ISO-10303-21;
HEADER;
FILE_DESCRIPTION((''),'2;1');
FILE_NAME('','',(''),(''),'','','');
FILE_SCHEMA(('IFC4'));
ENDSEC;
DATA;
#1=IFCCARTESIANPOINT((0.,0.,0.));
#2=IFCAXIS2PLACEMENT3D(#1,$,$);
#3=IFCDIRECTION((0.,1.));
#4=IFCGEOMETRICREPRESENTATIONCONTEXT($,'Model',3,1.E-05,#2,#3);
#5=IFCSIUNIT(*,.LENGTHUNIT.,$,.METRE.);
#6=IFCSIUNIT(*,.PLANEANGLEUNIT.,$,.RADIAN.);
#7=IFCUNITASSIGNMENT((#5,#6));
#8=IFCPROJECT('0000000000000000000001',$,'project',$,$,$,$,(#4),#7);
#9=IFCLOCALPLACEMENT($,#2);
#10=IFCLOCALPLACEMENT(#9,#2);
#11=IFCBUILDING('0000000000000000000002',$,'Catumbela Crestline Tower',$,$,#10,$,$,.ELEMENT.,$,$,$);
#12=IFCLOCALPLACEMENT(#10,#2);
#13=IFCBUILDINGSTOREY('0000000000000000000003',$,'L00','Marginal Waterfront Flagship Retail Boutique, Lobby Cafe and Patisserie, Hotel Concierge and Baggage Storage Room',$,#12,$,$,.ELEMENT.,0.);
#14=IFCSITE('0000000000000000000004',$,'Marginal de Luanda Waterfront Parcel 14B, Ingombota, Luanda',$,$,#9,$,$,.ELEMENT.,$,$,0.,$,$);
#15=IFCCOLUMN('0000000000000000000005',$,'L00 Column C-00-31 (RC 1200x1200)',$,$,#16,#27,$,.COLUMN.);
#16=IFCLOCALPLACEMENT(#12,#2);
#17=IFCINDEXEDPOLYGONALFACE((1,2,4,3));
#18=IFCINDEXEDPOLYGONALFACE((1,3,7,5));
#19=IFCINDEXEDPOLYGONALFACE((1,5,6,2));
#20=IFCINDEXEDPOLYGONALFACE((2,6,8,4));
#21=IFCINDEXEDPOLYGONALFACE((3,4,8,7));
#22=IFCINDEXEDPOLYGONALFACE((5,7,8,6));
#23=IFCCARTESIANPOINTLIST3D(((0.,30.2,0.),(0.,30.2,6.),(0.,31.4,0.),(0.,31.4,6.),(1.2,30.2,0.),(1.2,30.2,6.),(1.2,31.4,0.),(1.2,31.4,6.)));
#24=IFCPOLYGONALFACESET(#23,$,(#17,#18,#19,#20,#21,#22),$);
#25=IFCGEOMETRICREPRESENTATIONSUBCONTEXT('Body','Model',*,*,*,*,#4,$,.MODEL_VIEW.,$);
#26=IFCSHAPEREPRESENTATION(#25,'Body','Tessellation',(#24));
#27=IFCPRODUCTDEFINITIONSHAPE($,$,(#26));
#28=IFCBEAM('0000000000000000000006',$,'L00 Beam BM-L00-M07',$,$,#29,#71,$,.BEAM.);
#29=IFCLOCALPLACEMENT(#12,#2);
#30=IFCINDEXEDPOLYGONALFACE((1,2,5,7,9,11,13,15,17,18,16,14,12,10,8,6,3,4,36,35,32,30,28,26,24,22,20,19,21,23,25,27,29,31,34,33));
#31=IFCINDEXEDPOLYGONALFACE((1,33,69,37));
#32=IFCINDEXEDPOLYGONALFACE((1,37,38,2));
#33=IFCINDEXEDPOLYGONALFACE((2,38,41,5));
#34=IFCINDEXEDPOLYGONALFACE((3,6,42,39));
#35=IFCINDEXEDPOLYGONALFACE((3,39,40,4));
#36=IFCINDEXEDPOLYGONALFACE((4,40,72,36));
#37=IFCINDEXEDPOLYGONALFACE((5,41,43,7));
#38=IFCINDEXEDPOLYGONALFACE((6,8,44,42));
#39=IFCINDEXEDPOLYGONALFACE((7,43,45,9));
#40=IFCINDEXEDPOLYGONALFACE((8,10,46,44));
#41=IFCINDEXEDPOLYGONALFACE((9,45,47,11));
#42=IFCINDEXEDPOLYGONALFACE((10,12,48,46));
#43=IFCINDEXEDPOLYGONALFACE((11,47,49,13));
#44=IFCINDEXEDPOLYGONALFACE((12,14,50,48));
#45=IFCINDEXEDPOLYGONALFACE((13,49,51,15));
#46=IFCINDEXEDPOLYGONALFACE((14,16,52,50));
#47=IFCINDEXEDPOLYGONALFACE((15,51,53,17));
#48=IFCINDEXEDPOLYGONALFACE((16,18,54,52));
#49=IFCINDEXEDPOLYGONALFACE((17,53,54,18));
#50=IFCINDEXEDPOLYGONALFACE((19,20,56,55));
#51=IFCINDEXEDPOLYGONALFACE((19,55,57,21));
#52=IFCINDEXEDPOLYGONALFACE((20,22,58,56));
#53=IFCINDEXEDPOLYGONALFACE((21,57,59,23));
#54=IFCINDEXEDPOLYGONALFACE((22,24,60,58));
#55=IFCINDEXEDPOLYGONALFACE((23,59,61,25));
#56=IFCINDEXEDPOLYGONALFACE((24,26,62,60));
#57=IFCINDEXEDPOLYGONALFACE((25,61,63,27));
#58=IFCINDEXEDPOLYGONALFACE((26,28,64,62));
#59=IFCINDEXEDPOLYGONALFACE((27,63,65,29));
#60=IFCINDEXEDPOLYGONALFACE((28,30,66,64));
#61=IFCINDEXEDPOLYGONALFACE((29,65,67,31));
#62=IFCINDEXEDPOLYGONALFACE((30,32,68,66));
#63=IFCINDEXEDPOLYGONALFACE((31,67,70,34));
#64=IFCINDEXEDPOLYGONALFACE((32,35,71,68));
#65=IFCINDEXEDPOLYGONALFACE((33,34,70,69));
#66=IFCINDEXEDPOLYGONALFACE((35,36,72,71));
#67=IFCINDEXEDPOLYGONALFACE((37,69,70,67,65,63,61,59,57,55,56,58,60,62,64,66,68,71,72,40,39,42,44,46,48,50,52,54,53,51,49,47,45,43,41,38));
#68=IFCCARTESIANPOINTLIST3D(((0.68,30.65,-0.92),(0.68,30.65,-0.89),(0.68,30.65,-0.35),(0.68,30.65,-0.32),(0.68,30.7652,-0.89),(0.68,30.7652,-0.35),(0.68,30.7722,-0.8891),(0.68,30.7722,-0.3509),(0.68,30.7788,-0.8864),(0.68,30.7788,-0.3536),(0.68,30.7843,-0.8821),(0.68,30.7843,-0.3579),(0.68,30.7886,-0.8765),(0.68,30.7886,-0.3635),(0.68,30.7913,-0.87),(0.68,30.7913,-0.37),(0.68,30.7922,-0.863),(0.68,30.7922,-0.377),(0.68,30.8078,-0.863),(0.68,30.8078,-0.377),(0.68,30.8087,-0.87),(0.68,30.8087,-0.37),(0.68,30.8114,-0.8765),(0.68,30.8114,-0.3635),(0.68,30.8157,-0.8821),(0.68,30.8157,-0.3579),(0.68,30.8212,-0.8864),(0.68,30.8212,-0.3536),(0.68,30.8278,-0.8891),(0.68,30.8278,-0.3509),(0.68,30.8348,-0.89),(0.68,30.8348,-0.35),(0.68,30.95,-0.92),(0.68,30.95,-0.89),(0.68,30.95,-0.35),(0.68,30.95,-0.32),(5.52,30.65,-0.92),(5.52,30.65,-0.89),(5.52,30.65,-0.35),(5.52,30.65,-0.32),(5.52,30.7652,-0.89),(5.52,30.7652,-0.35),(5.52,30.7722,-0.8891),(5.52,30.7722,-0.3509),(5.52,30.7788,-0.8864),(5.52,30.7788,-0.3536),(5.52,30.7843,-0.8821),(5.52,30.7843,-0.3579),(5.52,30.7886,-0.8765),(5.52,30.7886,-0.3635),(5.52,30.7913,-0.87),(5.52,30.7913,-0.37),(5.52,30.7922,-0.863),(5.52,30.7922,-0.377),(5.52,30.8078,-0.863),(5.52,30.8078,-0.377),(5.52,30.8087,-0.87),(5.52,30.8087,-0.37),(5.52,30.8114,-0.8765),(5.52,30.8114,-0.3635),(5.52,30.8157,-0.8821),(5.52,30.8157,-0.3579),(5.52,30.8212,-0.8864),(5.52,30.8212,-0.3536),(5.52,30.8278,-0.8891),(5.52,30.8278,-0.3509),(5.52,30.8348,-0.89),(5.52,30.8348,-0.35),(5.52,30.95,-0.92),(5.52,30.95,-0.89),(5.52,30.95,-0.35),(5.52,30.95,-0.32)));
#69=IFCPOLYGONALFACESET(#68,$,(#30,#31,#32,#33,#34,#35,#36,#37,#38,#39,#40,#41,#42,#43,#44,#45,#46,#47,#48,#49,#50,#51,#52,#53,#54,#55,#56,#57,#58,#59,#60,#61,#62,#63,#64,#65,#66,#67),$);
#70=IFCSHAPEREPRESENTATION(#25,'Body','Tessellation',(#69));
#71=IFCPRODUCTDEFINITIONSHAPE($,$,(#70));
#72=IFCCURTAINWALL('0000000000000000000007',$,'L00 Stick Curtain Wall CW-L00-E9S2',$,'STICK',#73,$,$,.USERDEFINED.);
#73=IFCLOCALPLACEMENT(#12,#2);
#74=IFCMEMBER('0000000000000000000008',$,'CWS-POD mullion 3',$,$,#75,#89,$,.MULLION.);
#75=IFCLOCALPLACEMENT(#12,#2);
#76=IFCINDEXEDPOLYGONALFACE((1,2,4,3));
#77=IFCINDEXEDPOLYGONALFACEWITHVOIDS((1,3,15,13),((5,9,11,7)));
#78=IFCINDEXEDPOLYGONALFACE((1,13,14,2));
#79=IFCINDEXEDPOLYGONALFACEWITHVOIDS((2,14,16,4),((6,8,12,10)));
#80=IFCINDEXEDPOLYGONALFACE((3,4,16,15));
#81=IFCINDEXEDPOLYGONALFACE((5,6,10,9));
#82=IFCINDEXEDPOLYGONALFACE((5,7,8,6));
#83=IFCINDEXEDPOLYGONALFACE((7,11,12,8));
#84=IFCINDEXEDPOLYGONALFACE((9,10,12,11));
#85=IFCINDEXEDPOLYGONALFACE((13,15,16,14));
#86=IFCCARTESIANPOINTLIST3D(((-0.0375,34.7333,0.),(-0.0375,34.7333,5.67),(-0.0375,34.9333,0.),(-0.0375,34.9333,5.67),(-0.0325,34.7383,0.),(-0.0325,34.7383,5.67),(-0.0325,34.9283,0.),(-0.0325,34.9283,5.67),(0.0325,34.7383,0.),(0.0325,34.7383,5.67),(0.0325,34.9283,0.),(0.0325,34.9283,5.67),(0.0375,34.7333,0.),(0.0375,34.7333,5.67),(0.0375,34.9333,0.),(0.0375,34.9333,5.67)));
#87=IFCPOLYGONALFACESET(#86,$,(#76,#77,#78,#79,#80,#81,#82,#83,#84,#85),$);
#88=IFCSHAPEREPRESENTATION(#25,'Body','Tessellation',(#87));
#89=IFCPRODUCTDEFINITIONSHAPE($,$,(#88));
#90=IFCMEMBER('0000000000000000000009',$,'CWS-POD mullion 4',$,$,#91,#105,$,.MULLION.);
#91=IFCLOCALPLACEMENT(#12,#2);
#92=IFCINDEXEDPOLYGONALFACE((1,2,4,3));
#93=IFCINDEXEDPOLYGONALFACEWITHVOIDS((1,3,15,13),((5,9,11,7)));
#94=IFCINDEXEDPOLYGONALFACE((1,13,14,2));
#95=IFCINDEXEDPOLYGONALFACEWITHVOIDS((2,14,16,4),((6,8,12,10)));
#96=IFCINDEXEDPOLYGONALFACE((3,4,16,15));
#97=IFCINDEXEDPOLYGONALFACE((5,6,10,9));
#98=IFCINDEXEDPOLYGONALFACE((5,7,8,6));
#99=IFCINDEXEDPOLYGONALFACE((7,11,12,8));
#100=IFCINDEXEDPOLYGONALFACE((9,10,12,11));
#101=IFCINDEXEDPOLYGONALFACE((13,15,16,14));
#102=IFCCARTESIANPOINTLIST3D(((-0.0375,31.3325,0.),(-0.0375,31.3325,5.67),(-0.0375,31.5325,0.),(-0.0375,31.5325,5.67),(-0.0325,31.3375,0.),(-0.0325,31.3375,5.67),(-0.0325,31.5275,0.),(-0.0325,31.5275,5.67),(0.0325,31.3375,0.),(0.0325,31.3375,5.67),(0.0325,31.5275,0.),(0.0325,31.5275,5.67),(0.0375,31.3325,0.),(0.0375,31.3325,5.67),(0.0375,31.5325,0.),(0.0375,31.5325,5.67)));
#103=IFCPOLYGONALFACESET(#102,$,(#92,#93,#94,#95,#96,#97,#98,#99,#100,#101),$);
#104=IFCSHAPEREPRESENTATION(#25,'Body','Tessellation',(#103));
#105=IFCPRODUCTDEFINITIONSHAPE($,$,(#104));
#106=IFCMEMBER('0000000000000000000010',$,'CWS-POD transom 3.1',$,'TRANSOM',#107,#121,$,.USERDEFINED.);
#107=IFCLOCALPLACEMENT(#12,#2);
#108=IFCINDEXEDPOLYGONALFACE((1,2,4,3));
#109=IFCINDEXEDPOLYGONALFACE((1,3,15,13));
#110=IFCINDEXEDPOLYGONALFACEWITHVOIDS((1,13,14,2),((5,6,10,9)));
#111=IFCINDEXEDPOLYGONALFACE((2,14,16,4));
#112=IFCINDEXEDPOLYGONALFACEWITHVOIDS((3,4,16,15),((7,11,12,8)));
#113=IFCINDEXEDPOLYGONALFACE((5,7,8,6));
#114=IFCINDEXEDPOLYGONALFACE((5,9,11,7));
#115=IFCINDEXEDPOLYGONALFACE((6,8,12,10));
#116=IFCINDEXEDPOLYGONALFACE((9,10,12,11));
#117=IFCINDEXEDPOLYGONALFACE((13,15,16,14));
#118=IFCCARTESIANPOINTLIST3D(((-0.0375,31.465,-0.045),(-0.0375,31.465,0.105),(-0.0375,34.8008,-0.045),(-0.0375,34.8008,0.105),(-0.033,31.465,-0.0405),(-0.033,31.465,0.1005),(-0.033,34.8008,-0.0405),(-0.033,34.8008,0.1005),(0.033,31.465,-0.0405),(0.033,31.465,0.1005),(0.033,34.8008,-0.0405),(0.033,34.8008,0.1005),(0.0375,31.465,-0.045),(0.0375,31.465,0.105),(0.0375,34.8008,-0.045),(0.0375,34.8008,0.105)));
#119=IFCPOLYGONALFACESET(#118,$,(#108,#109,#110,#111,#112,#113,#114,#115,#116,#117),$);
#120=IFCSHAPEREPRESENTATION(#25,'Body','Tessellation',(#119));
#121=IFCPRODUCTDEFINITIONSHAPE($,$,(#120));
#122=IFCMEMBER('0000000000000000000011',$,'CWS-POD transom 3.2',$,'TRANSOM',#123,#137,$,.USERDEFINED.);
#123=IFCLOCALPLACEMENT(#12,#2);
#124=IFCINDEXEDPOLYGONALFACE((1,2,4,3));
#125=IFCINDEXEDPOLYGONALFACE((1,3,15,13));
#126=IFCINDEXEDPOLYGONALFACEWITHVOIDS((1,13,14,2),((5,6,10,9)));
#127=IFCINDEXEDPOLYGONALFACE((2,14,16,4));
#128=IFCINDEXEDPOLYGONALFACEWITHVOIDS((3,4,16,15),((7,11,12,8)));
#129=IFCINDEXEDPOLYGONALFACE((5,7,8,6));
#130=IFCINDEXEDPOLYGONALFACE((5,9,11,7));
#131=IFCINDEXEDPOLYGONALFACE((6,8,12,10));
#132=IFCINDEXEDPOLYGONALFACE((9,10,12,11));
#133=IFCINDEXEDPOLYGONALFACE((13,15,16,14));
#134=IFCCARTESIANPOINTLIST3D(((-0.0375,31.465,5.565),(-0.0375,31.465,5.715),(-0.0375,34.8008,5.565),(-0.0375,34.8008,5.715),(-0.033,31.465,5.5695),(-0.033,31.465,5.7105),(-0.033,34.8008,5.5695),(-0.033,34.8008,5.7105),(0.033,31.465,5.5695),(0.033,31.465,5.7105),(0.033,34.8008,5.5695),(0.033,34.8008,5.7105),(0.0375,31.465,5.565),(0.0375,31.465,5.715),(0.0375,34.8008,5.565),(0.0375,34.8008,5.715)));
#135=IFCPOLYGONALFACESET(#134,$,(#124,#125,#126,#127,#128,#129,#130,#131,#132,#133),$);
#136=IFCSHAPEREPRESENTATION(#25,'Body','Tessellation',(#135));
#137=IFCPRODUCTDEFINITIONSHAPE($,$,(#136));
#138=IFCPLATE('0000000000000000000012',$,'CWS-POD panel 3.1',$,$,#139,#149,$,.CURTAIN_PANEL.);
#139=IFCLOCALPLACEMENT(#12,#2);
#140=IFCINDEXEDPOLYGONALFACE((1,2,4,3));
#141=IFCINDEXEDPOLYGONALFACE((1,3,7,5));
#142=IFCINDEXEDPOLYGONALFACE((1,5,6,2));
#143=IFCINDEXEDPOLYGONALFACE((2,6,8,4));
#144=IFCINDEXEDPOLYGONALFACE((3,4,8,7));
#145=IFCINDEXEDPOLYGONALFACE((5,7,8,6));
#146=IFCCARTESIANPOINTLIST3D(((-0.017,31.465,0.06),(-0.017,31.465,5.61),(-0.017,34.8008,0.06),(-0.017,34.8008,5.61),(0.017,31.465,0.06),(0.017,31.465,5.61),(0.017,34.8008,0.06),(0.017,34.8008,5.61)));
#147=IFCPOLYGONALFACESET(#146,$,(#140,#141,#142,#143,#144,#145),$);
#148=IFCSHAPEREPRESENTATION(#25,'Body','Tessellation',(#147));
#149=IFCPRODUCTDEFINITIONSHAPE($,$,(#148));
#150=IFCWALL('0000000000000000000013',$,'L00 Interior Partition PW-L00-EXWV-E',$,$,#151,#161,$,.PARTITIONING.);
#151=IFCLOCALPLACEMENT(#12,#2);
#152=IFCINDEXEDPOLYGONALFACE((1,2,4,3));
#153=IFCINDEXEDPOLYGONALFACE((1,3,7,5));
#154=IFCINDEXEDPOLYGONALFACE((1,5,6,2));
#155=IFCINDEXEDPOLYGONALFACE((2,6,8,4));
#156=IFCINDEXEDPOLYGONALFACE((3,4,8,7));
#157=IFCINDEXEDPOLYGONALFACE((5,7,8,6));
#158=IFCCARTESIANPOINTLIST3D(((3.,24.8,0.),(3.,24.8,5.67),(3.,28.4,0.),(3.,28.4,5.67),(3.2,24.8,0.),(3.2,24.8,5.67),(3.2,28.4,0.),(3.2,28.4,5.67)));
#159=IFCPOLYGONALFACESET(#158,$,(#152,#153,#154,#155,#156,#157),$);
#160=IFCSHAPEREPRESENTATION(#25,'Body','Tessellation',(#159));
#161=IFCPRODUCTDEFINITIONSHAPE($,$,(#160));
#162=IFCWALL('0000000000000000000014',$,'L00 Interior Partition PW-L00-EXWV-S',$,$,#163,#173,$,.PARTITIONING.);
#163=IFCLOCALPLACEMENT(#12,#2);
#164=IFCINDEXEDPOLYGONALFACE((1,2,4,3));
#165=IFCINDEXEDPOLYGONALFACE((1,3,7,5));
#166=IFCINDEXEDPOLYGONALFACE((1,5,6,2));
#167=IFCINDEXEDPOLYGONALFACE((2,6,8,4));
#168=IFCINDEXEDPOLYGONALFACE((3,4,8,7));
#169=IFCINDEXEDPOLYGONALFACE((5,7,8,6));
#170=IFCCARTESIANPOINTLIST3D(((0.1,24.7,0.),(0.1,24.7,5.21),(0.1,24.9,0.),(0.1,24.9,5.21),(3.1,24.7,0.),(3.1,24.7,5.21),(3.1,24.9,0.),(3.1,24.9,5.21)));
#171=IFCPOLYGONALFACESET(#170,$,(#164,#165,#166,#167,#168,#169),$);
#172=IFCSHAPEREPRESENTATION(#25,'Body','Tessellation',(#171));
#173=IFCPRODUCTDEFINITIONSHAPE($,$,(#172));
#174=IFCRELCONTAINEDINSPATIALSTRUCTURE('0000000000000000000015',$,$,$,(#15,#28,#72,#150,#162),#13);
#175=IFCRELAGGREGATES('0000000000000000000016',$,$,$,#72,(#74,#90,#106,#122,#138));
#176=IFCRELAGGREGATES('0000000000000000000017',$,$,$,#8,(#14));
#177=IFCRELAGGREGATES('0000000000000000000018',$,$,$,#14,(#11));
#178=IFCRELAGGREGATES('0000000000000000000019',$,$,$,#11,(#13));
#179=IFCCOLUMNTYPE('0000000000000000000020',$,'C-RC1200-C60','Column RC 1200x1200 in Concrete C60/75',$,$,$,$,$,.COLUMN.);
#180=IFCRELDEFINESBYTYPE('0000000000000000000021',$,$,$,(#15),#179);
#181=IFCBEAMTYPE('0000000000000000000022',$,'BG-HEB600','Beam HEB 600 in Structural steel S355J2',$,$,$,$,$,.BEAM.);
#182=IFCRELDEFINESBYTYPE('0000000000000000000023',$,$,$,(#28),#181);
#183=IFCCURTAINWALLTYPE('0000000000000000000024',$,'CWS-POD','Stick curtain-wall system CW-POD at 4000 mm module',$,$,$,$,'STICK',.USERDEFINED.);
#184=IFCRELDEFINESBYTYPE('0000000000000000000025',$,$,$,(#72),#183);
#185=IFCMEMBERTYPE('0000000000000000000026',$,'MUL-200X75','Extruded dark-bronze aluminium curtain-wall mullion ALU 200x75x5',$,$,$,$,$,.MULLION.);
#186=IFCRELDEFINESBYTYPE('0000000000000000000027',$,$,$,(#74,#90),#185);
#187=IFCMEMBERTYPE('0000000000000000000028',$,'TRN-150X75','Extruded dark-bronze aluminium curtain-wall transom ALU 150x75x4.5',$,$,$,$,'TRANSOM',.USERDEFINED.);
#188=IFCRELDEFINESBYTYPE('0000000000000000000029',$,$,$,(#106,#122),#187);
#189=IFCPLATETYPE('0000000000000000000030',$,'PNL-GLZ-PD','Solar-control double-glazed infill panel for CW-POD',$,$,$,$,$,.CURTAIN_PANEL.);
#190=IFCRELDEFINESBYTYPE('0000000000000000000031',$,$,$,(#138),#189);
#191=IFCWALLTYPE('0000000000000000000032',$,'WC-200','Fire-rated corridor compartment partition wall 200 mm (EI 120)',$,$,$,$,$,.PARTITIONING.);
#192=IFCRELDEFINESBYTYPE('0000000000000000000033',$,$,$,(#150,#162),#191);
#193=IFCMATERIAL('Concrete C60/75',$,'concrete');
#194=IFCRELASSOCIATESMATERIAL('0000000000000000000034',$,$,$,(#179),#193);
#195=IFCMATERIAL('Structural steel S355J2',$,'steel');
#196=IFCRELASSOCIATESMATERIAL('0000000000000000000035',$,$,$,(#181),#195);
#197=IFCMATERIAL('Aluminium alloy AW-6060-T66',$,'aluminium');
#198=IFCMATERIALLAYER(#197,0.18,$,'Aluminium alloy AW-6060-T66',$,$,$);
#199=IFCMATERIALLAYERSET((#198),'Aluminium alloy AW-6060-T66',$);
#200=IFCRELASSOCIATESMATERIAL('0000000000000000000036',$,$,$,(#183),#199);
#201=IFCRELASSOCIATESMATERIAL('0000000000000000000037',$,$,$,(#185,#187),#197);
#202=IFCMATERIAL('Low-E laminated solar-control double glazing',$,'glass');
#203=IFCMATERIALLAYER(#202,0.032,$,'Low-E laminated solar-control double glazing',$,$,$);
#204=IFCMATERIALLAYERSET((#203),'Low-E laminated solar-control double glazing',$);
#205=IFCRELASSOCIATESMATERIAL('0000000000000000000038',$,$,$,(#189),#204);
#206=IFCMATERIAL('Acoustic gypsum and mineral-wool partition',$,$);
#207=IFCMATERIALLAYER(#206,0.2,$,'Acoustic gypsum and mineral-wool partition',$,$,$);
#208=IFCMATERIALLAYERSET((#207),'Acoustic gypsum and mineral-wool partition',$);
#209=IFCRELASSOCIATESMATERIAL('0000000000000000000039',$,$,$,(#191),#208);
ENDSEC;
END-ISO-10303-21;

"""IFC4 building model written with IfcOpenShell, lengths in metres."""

from ifc_helpers import new_model, si_unit, direction, frame, frame_2d, origin, origin_2d, place, context, subcontext, project, spatial, rectangle, hollow_rectangle, i_section, extrude, material, layer, layer_set, material_profile, profile_set, type_object, element, aggregate, save


model = new_model("IFC4")

# Units and contexts
model_context = context("Model", 3, precision=1e-05, world=origin(), true_north=direction((0.0, 1.0)))
body_context = subcontext(model_context, "Body", "Model", "MODEL_VIEW")
ifc_project = project(units=[si_unit("LENGTHUNIT", "METRE"), si_unit("PLANEANGLEUNIT", "RADIAN")], contexts=[model_context])

# Site, building, storey
site_placement = place(None, origin())
site = spatial("IfcSite", under=ifc_project, at=site_placement, Name="Marginal de Luanda Waterfront Parcel 14B, Ingombota, Luanda", CompositionType="ELEMENT", RefElevation=0.0)
building_placement = place(site_placement, origin())
building = spatial("IfcBuilding", under=site, at=building_placement, Name="Catumbela Crestline Tower", CompositionType="ELEMENT")
storey_placement = place(building_placement, origin())
storey = spatial("IfcBuildingStorey", under=building, at=storey_placement, Name="L00", Description="Marginal Waterfront Flagship Retail Boutique, Lobby Cafe and Patisserie, Hotel Concierge and Baggage Storage Room", CompositionType="ELEMENT", Elevation=0.0)

# Column
ifc_material_1 = material(Name="Concrete C60/75", Category="concrete")
ifc_material_profile_1 = material_profile(ifc_material_1, rectangle(XDim=1.2, YDim=1.2, at=origin_2d()), Name="RC 1200x1200")
ifc_profile_set_1 = profile_set([ifc_material_profile_1], Name="Concrete C60/75")
column_type = type_object("IfcColumnType", Name="C-RC1200-C60", Description="Column RC 1200x1200 in Concrete C60/75", PredefinedType="COLUMN", material=ifc_profile_set_1)
column_placement = place(storey_placement, frame((0.6, 30.8, 0.0), z_axis=(0.0, 0.0, 1.0), x_axis=(1.0, 0.0, 0.0)))
element("IfcColumn", 1, at=column_placement, inside=storey, type_object=column_type, Name="L00 Column C-00-31 (RC 1200x1200)", PredefinedType="COLUMN", context=body_context, shape_type="SweptSolid", body=[
    extrude(rectangle(XDim=1.2, YDim=1.2, at=origin_2d()), origin(), (0.0, 0.0, 1.0), 6.0),
])

# Beam
ifc_material_2 = material(Name="Structural steel S355J2", Category="steel")
ifc_material_profile_2 = material_profile(ifc_material_2, i_section(OverallWidth=0.3, OverallDepth=0.6, WebThickness=0.0155, FlangeThickness=0.03, FilletRadius=0.027, at=origin_2d()), Name="HEB 600")
ifc_profile_set_2 = profile_set([ifc_material_profile_2], Name="Structural steel S355J2")
beam_type = type_object("IfcBeamType", Name="BG-HEB600", Description="Beam HEB 600 in Structural steel S355J2", PredefinedType="BEAM", material=ifc_profile_set_2)
beam_placement = place(storey_placement, frame((0.68, 30.8, -0.62), z_axis=(1.0, 0.0, 0.0), x_axis=(0.0, 1.0, 0.0)))
element("IfcBeam", 2, at=beam_placement, inside=storey, type_object=beam_type, Name="L00 Beam BM-L00-M07", PredefinedType="BEAM", context=body_context, shape_type="SweptSolid", body=[
    extrude(i_section(OverallWidth=0.3, OverallDepth=0.6, WebThickness=0.0155, FlangeThickness=0.03, FilletRadius=0.027, at=origin_2d()), origin(), (0.0, 0.0, 1.0), 4.84),
])

# Curtain wall, members, plate
ifc_material_3 = material(Name="Aluminium alloy AW-6060-T66", Category="aluminium")
ifc_layer_1 = layer(ifc_material_3, 0.18, Name="Aluminium alloy AW-6060-T66")
ifc_layer_set_1 = layer_set([ifc_layer_1], Name="Aluminium alloy AW-6060-T66")
curtain_wall_type = type_object("IfcCurtainWallType", Name="CWS-POD", Description="Stick curtain-wall system CW-POD at 4000 mm module", ElementType="STICK", PredefinedType="USERDEFINED", material=ifc_layer_set_1)
curtain_wall_placement = place(storey_placement, origin())
curtain_wall = element("IfcCurtainWall", 3, at=curtain_wall_placement, inside=storey, type_object=curtain_wall_type, Name="L00 Stick Curtain Wall CW-L00-E9S2", ObjectType="STICK", PredefinedType="USERDEFINED")
ifc_material_profile_3 = material_profile(ifc_material_3, hollow_rectangle(XDim=0.075, YDim=0.2, WallThickness=0.005, at=origin_2d()), Name="ALU 200x75x5")
ifc_profile_set_3 = profile_set([ifc_material_profile_3], Name="Aluminium alloy AW-6060-T66")
member_type_1 = type_object("IfcMemberType", Name="MUL-200X75", Description="Extruded dark-bronze aluminium curtain-wall mullion ALU 200x75x5", PredefinedType="MULLION", material=ifc_profile_set_3)
member_1_placement = place(storey_placement, frame((0.0, 34.8333, 0.0), z_axis=(0.0, 0.0, 1.0), x_axis=(1.0, 0.0, 0.0)))
member_1 = element("IfcMember", 4, at=member_1_placement, type_object=member_type_1, Name="CWS-POD mullion 3", PredefinedType="MULLION", context=body_context, shape_type="SweptSolid", body=[
    extrude(hollow_rectangle(XDim=0.075, YDim=0.2, WallThickness=0.005, at=origin_2d()), origin(), (0.0, 0.0, 1.0), 5.67),
])
member_2_placement = place(storey_placement, frame((0.0, 31.4325, 0.0), z_axis=(0.0, 0.0, 1.0), x_axis=(1.0, 0.0, 0.0)))
member_2 = element("IfcMember", 5, at=member_2_placement, type_object=member_type_1, Name="CWS-POD mullion 4", PredefinedType="MULLION", context=body_context, shape_type="SweptSolid", body=[
    extrude(hollow_rectangle(XDim=0.075, YDim=0.2, WallThickness=0.005, at=origin_2d()), origin(), (0.0, 0.0, 1.0), 5.67),
])
ifc_material_profile_4 = material_profile(ifc_material_3, hollow_rectangle(XDim=0.075, YDim=0.15, WallThickness=0.0045, at=origin_2d()), Name="ALU 150x75x4.5")
ifc_profile_set_4 = profile_set([ifc_material_profile_4], Name="Aluminium alloy AW-6060-T66")
member_type_2 = type_object("IfcMemberType", Name="TRN-150X75", Description="Extruded dark-bronze aluminium curtain-wall transom ALU 150x75x4.5", ElementType="TRANSOM", PredefinedType="USERDEFINED", material=ifc_profile_set_4)
member_3_placement = place(storey_placement, frame((0.0, 34.8008, 0.03), z_axis=(0.0, -1.0, 0.0), x_axis=(1.0, 0.0, 0.0)))
member_3 = element("IfcMember", 6, at=member_3_placement, type_object=member_type_2, Name="CWS-POD transom 3.1", ObjectType="TRANSOM", PredefinedType="USERDEFINED", context=body_context, shape_type="SweptSolid", body=[
    extrude(hollow_rectangle(XDim=0.075, YDim=0.15, WallThickness=0.0045, at=origin_2d()), origin(), (0.0, 0.0, 1.0), 3.3358),
])
member_4_placement = place(storey_placement, frame((0.0, 34.8008, 5.64), z_axis=(0.0, -1.0, 0.0), x_axis=(1.0, 0.0, 0.0)))
member_4 = element("IfcMember", 7, at=member_4_placement, type_object=member_type_2, Name="CWS-POD transom 3.2", ObjectType="TRANSOM", PredefinedType="USERDEFINED", context=body_context, shape_type="SweptSolid", body=[
    extrude(hollow_rectangle(XDim=0.075, YDim=0.15, WallThickness=0.0045, at=origin_2d()), origin(), (0.0, 0.0, 1.0), 3.3358),
])
ifc_material_4 = material(Name="Low-E laminated solar-control double glazing", Category="glass")
ifc_layer_2 = layer(ifc_material_4, 0.032, Name="Low-E laminated solar-control double glazing")
ifc_layer_set_2 = layer_set([ifc_layer_2], Name="Low-E laminated solar-control double glazing")
plate_type = type_object("IfcPlateType", Name="PNL-GLZ-PD", Description="Solar-control double-glazed infill panel for CW-POD", PredefinedType="CURTAIN_PANEL", material=ifc_layer_set_2)
plate_placement = place(storey_placement, frame((0.0, 33.1329, 0.06), z_axis=(0.0, 0.0, 1.0), x_axis=(0.0, -1.0, 0.0)))
plate = element("IfcPlate", 8, at=plate_placement, type_object=plate_type, Name="CWS-POD panel 3.1", PredefinedType="CURTAIN_PANEL", context=body_context, shape_type="SweptSolid", body=[
    extrude(rectangle(XDim=3.3358, YDim=0.034, at=origin_2d()), origin(), (0.0, 0.0, 1.0), 5.55),
])
aggregate(curtain_wall, [member_1, member_2, member_3, member_4, plate])

# Walls
ifc_material_5 = material(Name="Acoustic gypsum and mineral-wool partition")
ifc_layer_3 = layer(ifc_material_5, 0.2, Name="Acoustic gypsum and mineral-wool partition")
ifc_layer_set_3 = layer_set([ifc_layer_3], Name="Acoustic gypsum and mineral-wool partition")
wall_type_1 = type_object("IfcWallType", Name="WC-200", Description="Fire-rated corridor compartment partition wall 200 mm (EI 120)", PredefinedType="PARTITIONING", material=ifc_layer_set_3)
wall_1_placement = place(storey_placement, frame((3.1, 24.8, 0.0), z_axis=(0.0, 0.0, 1.0), x_axis=(0.0, 1.0, 0.0)))
element("IfcWall", 9, at=wall_1_placement, inside=storey, type_object=wall_type_1, Name="L00 Interior Partition PW-L00-EXWV-E", PredefinedType="PARTITIONING", context=body_context, shape_type="SweptSolid", body=[
    extrude(rectangle(XDim=3.6, YDim=0.2, at=frame_2d((1.8, 0.0))), origin(), (0.0, 0.0, 1.0), 5.67),
])
wall_2_placement = place(storey_placement, frame((0.1, 24.8, 0.0), z_axis=(0.0, 0.0, 1.0), x_axis=(1.0, 0.0, 0.0)))
element("IfcWall", 10, at=wall_2_placement, inside=storey, type_object=wall_type_1, Name="L00 Interior Partition PW-L00-EXWV-S", PredefinedType="PARTITIONING", context=body_context, shape_type="SweptSolid", body=[
    extrude(rectangle(XDim=3.0, YDim=0.2, at=frame_2d((1.5, 0.0))), origin(), (0.0, 0.0, 1.0), 5.21),
])

save(model, "model.ifc")
